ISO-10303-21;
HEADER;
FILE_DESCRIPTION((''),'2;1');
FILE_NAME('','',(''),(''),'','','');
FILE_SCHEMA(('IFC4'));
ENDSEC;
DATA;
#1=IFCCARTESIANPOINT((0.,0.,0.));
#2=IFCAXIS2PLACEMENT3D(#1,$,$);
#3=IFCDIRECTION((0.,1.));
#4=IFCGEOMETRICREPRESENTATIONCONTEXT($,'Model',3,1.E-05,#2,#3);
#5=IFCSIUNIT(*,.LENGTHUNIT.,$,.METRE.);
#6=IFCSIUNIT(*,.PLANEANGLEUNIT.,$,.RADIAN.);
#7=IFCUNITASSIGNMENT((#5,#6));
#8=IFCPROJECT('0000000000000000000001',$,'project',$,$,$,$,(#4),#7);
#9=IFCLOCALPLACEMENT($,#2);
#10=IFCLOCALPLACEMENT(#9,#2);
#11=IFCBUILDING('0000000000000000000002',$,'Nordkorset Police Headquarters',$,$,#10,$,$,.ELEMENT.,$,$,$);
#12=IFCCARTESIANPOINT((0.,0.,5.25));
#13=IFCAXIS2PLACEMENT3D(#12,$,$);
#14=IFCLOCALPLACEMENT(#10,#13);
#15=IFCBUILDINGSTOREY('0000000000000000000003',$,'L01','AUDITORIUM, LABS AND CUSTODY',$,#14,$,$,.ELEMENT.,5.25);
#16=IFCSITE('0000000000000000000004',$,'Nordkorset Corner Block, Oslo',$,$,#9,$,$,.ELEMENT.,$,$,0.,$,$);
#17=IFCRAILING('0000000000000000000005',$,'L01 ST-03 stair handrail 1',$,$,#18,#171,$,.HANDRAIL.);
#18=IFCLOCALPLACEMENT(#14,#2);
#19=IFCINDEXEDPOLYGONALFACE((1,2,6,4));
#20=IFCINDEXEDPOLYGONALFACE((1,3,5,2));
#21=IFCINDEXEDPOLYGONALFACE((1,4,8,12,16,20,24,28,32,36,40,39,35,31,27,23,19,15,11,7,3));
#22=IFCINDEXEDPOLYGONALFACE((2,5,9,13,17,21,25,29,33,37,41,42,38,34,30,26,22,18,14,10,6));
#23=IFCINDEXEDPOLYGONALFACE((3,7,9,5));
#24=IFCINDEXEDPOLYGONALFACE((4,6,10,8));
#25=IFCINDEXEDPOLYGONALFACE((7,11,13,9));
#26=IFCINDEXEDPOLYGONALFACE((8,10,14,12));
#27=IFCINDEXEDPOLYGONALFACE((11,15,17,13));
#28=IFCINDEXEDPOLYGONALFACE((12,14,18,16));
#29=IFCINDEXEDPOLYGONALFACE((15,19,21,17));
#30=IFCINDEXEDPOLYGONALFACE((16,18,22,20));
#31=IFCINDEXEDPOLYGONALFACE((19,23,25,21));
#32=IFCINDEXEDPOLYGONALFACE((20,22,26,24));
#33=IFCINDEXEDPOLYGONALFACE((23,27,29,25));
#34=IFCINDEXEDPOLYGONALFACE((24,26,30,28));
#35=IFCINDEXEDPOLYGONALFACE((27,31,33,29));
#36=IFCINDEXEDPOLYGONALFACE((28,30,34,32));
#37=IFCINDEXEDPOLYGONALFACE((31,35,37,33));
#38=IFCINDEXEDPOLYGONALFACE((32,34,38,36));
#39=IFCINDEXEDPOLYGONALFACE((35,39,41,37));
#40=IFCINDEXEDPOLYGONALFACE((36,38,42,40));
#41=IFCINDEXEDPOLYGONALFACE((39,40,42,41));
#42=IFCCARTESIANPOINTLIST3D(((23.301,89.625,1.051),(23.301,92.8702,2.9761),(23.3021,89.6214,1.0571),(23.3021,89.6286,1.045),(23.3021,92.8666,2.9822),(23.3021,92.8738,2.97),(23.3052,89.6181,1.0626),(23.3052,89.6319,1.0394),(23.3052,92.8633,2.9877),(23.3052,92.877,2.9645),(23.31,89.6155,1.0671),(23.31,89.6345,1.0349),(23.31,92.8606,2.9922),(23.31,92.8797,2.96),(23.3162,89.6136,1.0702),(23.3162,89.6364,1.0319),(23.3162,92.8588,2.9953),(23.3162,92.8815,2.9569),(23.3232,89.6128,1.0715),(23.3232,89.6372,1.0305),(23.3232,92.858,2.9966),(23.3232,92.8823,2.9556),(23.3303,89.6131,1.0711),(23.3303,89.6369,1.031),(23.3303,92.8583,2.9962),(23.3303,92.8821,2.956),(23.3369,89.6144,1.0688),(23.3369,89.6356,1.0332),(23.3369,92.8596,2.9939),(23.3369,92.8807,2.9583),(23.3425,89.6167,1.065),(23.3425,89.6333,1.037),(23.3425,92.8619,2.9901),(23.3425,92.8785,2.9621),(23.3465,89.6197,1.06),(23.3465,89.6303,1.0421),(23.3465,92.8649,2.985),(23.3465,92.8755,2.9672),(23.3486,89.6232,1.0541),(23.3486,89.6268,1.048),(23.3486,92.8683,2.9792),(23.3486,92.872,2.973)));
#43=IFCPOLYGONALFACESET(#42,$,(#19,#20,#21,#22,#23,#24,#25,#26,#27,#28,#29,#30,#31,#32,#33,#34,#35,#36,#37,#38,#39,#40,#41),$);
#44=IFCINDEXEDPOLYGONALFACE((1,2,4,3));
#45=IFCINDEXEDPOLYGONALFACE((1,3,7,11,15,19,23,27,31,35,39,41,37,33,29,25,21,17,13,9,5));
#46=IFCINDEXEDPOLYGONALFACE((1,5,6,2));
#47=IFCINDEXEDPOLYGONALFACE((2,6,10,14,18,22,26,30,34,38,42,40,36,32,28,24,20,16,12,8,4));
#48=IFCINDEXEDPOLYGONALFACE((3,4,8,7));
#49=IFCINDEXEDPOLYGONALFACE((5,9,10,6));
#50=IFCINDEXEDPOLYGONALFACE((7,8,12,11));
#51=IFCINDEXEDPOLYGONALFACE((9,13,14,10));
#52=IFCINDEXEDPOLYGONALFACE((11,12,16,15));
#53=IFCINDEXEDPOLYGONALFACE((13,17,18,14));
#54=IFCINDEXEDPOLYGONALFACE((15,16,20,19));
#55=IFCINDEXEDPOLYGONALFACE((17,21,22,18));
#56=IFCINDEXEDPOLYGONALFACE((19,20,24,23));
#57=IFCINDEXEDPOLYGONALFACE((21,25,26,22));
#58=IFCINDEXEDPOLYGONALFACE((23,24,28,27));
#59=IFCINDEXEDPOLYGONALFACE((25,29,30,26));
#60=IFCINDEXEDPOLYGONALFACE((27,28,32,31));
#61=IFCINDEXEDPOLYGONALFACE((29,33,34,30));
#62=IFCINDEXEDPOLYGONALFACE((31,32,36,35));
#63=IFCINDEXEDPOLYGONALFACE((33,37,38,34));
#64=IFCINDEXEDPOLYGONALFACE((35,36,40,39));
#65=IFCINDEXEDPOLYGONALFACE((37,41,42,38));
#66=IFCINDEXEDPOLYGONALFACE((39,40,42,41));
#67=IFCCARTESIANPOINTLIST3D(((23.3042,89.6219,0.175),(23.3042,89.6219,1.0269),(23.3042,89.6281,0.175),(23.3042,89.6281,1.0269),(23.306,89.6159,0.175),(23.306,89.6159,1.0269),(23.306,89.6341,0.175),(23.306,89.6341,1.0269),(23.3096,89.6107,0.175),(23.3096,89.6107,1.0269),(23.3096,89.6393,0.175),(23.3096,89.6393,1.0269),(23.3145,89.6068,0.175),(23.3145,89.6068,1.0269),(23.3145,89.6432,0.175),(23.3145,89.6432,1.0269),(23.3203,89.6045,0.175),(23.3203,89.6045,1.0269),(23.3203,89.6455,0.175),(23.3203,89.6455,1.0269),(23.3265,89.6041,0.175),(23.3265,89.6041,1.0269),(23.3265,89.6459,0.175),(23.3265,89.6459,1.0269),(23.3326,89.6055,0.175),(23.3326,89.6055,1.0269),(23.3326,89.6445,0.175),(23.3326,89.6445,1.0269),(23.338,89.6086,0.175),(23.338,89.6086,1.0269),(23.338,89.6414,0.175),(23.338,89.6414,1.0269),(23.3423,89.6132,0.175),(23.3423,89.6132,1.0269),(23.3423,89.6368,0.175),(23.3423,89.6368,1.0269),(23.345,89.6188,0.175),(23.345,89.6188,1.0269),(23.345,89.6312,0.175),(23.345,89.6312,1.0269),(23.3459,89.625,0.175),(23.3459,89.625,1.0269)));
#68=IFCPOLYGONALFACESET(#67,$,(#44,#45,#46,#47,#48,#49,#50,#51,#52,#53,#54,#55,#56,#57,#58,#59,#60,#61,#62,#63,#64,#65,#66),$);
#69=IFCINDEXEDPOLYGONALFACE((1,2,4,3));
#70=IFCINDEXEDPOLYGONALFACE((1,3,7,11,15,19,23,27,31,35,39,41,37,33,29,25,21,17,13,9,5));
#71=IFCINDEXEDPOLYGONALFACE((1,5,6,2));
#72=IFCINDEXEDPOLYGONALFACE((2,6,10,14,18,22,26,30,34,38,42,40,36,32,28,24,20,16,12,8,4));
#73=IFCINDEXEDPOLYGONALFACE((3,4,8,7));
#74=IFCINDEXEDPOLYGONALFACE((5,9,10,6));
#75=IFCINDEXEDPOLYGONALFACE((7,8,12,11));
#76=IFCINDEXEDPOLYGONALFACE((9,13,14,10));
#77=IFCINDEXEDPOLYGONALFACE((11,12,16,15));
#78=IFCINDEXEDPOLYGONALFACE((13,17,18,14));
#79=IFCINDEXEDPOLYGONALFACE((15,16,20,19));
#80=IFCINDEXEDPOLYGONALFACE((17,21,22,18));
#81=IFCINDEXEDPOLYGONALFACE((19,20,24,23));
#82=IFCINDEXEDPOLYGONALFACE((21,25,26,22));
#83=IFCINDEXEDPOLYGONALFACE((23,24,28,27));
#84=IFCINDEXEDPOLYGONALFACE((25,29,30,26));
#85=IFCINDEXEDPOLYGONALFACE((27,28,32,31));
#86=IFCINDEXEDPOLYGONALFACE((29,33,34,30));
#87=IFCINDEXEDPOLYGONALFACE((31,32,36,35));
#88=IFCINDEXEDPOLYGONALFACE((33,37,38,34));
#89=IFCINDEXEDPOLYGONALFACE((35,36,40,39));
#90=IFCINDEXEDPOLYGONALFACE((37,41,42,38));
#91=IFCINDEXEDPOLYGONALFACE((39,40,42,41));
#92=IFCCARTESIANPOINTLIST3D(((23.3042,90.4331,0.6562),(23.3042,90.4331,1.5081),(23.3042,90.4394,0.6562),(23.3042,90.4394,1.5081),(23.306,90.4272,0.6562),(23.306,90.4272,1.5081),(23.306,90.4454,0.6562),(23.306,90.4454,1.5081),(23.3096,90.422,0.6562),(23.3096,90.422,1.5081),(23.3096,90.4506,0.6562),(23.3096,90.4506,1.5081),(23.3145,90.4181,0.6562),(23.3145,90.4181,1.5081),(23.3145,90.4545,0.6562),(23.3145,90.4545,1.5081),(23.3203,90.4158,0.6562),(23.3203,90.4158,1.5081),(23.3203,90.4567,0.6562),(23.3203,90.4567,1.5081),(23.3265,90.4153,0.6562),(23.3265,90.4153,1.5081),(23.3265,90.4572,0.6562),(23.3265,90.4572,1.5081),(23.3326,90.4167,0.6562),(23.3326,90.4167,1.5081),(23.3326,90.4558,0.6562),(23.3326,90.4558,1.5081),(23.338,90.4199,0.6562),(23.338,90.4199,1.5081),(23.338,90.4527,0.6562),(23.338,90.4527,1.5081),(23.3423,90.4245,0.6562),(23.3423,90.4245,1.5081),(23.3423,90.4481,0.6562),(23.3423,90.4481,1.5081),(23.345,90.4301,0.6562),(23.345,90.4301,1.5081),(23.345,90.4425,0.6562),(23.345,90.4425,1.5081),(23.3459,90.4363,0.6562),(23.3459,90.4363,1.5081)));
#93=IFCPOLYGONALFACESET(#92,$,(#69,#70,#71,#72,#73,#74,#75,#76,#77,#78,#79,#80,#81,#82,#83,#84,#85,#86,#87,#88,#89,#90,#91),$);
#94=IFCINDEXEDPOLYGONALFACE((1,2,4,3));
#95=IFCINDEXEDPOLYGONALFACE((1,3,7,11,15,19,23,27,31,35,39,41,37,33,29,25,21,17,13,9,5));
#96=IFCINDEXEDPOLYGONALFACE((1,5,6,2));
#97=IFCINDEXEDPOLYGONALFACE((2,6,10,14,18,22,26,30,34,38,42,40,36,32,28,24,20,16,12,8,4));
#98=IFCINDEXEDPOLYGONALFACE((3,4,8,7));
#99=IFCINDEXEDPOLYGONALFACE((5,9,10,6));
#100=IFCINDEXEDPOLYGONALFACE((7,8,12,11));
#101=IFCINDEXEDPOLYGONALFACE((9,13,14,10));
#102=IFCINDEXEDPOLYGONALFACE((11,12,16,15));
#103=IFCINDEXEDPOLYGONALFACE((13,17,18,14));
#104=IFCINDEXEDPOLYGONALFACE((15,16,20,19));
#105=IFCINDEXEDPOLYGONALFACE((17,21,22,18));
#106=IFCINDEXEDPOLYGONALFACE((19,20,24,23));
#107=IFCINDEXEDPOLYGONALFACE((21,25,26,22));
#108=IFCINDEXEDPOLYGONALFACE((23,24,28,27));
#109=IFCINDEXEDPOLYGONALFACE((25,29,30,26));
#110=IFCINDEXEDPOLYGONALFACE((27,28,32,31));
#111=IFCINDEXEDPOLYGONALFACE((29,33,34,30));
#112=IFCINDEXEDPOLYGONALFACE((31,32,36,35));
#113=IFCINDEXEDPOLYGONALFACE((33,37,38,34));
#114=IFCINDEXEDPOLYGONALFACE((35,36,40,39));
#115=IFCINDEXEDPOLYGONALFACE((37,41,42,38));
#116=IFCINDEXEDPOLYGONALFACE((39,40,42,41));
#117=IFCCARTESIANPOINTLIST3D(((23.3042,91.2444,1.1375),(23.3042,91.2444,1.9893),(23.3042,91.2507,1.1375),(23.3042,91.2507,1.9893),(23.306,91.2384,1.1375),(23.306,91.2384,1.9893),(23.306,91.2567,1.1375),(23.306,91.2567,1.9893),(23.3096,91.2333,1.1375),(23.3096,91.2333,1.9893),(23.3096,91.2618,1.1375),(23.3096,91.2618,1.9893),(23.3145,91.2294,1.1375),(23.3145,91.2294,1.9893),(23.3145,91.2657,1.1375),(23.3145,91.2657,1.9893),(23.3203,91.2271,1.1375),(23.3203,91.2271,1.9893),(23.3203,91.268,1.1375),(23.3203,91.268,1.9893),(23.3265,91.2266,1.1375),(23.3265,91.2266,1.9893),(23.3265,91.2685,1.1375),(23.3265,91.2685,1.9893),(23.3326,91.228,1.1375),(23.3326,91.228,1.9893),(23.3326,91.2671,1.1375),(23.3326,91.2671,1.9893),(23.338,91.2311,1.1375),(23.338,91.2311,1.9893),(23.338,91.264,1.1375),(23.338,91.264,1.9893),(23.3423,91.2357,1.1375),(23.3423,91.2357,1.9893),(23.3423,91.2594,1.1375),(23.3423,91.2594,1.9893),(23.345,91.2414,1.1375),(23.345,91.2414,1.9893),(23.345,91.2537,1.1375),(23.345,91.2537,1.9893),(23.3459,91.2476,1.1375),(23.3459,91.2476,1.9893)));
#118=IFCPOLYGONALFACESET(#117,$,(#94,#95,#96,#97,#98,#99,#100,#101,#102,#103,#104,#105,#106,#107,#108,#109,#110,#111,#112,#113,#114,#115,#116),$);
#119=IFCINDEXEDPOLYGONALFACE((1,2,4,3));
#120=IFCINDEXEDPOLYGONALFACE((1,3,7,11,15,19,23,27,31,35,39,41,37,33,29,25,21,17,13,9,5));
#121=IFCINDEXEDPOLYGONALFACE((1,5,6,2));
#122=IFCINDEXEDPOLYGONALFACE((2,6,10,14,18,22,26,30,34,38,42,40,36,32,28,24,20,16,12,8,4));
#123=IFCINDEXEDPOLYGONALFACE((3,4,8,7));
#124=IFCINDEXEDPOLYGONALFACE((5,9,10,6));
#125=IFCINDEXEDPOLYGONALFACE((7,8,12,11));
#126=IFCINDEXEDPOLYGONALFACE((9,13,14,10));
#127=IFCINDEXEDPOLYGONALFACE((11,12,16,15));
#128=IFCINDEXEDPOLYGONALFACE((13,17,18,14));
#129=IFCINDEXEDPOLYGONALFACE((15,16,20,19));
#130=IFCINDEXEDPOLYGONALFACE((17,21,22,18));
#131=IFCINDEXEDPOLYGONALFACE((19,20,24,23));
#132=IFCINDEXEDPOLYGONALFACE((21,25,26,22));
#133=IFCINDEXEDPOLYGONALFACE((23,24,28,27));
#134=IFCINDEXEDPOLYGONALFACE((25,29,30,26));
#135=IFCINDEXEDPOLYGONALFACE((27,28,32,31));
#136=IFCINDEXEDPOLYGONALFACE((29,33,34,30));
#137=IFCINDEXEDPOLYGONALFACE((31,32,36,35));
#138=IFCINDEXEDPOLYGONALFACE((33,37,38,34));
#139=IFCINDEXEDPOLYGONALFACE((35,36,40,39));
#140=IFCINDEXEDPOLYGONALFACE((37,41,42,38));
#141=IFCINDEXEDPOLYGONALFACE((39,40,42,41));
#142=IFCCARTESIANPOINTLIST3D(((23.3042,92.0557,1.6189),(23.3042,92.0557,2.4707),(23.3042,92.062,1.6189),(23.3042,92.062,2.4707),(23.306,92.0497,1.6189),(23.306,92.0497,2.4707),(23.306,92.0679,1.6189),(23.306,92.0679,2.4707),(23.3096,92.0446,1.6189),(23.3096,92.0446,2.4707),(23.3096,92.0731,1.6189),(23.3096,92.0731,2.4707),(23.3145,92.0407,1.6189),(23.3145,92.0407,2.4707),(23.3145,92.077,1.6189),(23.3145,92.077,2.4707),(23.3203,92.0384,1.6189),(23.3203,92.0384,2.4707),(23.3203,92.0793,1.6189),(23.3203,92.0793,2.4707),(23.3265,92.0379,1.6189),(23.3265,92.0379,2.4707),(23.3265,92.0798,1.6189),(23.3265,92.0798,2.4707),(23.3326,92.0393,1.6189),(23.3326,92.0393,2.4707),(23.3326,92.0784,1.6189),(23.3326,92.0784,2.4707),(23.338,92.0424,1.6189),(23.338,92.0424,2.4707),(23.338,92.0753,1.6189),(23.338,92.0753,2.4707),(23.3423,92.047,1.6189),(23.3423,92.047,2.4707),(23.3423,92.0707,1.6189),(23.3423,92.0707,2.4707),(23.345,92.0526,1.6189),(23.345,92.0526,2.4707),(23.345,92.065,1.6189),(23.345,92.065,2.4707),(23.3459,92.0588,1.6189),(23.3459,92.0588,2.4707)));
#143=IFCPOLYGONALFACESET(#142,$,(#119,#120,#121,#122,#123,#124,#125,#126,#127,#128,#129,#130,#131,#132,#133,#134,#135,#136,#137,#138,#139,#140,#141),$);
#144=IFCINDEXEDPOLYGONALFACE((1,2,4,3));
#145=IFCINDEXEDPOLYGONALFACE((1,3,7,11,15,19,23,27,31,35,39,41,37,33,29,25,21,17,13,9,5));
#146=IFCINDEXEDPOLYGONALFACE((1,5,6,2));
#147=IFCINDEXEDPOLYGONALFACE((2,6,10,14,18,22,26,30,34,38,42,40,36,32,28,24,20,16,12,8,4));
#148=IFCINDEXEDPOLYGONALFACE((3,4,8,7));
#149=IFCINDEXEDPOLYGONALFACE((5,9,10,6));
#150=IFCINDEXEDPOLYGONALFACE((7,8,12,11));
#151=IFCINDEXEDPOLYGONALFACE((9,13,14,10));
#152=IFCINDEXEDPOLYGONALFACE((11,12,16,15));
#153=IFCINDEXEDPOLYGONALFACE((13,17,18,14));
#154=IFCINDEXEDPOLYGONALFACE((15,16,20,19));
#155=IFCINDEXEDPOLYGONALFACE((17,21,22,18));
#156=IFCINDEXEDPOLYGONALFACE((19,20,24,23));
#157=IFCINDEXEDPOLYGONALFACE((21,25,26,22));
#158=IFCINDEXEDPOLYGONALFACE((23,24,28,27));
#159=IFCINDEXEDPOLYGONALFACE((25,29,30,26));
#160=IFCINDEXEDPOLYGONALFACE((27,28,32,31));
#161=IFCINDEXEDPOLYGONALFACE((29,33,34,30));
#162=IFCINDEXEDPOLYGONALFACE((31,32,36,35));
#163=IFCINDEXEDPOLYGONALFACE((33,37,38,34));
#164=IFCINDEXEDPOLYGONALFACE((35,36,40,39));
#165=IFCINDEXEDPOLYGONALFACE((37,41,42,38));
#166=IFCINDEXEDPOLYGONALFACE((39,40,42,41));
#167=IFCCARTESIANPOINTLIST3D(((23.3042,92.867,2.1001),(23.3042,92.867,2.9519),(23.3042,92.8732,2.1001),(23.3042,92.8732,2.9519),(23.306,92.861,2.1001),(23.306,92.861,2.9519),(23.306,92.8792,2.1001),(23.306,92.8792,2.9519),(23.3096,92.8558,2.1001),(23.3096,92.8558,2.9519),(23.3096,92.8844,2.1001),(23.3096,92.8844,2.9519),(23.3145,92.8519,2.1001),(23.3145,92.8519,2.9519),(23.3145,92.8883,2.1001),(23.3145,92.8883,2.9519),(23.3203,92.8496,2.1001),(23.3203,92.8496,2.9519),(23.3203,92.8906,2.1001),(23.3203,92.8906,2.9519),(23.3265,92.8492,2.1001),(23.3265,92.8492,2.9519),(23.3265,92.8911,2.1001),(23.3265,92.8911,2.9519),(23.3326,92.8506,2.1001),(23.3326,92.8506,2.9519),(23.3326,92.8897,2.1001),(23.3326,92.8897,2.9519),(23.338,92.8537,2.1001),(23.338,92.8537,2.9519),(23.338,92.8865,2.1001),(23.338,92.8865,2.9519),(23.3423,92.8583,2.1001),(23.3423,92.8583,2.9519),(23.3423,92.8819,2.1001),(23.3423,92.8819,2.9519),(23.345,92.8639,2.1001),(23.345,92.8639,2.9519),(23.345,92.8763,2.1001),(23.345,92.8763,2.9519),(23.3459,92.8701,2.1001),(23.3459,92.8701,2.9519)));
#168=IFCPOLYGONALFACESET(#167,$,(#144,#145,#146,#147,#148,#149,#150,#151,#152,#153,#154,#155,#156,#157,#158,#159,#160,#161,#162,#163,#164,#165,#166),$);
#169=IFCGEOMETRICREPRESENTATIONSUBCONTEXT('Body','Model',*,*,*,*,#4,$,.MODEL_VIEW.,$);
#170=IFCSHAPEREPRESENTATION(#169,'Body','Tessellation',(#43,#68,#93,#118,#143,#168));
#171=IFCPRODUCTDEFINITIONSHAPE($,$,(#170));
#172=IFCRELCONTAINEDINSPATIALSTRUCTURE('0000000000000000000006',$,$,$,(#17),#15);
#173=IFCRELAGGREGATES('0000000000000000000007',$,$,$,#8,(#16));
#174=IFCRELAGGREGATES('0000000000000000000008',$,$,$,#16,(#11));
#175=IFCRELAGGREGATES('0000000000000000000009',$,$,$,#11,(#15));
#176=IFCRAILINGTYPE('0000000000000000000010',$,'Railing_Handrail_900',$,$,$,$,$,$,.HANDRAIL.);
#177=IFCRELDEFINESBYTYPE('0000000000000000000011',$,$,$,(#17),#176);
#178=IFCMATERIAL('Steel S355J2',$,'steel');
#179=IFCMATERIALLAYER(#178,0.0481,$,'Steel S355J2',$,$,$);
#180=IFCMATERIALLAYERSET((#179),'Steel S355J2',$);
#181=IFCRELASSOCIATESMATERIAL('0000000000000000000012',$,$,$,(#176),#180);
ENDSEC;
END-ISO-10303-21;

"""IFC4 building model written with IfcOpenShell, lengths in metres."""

from ifc_helpers import new_model, si_unit, direction, frame, origin, origin_2d, place, context, subcontext, project, spatial, circle, extrude, material, layer, layer_set, type_object, element, save


model = new_model("IFC4")

# Units and contexts
model_context = context("Model", 3, precision=1e-05, world=origin(), true_north=direction((0.0, 1.0)))
body_context = subcontext(model_context, "Body", "Model", "MODEL_VIEW")
ifc_project = project(units=[si_unit("LENGTHUNIT", "METRE"), si_unit("PLANEANGLEUNIT", "RADIAN")], contexts=[model_context])

# Site, building, storey
site_placement = place(None, origin())
site = spatial("IfcSite", under=ifc_project, at=site_placement, Name="Nordkorset Corner Block, Oslo", CompositionType="ELEMENT", RefElevation=0.0)
building_placement = place(site_placement, origin())
building = spatial("IfcBuilding", under=site, at=building_placement, Name="Nordkorset Police Headquarters", CompositionType="ELEMENT")
storey_placement = place(building_placement, frame((0.0, 0.0, 5.25)))
storey = spatial("IfcBuildingStorey", under=building, at=storey_placement, Name="L01", Description="AUDITORIUM, LABS AND CUSTODY", CompositionType="ELEMENT", Elevation=5.25)

# Railing
ifc_material_1 = material(Name="Steel S355J2", Category="steel")
ifc_layer_1 = layer(ifc_material_1, 0.0481, Name="Steel S355J2")
ifc_layer_set_1 = layer_set([ifc_layer_1], Name="Steel S355J2")
railing_type_1 = type_object("IfcRailingType", Name="Railing_Handrail_900", PredefinedType="HANDRAIL", material=ifc_layer_set_1)
railing_1_placement = place(storey_placement, frame((23.325, 89.625, 0.175)))
element("IfcRailing", 1, at=railing_1_placement, inside=storey, type_object=railing_type_1, Name="L01 ST-03 stair handrail 1", PredefinedType="HANDRAIL", context=body_context, shape_type="SweptSolid", body=[
    extrude(circle(Radius=0.0239, at=origin_2d()), frame((0.0, 0.0, 0.876), z_axis=(0.0, 0.860057, 0.510198), x_axis=(-1.0, 0.0, 0.0)), (0.0, 0.0, 1.0), 3.7732),
    extrude(circle(Radius=0.021, at=origin_2d()), origin(), (0.0, 0.0, 1.0), 0.8518),
    extrude(circle(Radius=0.021, at=origin_2d()), frame((0.0, 0.8113, 0.4812)), (0.0, 0.0, 1.0), 0.8518),
    extrude(circle(Radius=0.021, at=origin_2d()), frame((0.0, 1.6226, 0.9624)), (0.0, 0.0, 1.0), 0.8518),
    extrude(circle(Radius=0.021, at=origin_2d()), frame((0.0, 2.4338, 1.4438)), (0.0, 0.0, 1.0), 0.8518),
    extrude(circle(Radius=0.021, at=origin_2d()), frame((0.0, 3.2451, 1.925)), (0.0, 0.0, 1.0), 0.8518),
])

save(model, "model.ifc")
